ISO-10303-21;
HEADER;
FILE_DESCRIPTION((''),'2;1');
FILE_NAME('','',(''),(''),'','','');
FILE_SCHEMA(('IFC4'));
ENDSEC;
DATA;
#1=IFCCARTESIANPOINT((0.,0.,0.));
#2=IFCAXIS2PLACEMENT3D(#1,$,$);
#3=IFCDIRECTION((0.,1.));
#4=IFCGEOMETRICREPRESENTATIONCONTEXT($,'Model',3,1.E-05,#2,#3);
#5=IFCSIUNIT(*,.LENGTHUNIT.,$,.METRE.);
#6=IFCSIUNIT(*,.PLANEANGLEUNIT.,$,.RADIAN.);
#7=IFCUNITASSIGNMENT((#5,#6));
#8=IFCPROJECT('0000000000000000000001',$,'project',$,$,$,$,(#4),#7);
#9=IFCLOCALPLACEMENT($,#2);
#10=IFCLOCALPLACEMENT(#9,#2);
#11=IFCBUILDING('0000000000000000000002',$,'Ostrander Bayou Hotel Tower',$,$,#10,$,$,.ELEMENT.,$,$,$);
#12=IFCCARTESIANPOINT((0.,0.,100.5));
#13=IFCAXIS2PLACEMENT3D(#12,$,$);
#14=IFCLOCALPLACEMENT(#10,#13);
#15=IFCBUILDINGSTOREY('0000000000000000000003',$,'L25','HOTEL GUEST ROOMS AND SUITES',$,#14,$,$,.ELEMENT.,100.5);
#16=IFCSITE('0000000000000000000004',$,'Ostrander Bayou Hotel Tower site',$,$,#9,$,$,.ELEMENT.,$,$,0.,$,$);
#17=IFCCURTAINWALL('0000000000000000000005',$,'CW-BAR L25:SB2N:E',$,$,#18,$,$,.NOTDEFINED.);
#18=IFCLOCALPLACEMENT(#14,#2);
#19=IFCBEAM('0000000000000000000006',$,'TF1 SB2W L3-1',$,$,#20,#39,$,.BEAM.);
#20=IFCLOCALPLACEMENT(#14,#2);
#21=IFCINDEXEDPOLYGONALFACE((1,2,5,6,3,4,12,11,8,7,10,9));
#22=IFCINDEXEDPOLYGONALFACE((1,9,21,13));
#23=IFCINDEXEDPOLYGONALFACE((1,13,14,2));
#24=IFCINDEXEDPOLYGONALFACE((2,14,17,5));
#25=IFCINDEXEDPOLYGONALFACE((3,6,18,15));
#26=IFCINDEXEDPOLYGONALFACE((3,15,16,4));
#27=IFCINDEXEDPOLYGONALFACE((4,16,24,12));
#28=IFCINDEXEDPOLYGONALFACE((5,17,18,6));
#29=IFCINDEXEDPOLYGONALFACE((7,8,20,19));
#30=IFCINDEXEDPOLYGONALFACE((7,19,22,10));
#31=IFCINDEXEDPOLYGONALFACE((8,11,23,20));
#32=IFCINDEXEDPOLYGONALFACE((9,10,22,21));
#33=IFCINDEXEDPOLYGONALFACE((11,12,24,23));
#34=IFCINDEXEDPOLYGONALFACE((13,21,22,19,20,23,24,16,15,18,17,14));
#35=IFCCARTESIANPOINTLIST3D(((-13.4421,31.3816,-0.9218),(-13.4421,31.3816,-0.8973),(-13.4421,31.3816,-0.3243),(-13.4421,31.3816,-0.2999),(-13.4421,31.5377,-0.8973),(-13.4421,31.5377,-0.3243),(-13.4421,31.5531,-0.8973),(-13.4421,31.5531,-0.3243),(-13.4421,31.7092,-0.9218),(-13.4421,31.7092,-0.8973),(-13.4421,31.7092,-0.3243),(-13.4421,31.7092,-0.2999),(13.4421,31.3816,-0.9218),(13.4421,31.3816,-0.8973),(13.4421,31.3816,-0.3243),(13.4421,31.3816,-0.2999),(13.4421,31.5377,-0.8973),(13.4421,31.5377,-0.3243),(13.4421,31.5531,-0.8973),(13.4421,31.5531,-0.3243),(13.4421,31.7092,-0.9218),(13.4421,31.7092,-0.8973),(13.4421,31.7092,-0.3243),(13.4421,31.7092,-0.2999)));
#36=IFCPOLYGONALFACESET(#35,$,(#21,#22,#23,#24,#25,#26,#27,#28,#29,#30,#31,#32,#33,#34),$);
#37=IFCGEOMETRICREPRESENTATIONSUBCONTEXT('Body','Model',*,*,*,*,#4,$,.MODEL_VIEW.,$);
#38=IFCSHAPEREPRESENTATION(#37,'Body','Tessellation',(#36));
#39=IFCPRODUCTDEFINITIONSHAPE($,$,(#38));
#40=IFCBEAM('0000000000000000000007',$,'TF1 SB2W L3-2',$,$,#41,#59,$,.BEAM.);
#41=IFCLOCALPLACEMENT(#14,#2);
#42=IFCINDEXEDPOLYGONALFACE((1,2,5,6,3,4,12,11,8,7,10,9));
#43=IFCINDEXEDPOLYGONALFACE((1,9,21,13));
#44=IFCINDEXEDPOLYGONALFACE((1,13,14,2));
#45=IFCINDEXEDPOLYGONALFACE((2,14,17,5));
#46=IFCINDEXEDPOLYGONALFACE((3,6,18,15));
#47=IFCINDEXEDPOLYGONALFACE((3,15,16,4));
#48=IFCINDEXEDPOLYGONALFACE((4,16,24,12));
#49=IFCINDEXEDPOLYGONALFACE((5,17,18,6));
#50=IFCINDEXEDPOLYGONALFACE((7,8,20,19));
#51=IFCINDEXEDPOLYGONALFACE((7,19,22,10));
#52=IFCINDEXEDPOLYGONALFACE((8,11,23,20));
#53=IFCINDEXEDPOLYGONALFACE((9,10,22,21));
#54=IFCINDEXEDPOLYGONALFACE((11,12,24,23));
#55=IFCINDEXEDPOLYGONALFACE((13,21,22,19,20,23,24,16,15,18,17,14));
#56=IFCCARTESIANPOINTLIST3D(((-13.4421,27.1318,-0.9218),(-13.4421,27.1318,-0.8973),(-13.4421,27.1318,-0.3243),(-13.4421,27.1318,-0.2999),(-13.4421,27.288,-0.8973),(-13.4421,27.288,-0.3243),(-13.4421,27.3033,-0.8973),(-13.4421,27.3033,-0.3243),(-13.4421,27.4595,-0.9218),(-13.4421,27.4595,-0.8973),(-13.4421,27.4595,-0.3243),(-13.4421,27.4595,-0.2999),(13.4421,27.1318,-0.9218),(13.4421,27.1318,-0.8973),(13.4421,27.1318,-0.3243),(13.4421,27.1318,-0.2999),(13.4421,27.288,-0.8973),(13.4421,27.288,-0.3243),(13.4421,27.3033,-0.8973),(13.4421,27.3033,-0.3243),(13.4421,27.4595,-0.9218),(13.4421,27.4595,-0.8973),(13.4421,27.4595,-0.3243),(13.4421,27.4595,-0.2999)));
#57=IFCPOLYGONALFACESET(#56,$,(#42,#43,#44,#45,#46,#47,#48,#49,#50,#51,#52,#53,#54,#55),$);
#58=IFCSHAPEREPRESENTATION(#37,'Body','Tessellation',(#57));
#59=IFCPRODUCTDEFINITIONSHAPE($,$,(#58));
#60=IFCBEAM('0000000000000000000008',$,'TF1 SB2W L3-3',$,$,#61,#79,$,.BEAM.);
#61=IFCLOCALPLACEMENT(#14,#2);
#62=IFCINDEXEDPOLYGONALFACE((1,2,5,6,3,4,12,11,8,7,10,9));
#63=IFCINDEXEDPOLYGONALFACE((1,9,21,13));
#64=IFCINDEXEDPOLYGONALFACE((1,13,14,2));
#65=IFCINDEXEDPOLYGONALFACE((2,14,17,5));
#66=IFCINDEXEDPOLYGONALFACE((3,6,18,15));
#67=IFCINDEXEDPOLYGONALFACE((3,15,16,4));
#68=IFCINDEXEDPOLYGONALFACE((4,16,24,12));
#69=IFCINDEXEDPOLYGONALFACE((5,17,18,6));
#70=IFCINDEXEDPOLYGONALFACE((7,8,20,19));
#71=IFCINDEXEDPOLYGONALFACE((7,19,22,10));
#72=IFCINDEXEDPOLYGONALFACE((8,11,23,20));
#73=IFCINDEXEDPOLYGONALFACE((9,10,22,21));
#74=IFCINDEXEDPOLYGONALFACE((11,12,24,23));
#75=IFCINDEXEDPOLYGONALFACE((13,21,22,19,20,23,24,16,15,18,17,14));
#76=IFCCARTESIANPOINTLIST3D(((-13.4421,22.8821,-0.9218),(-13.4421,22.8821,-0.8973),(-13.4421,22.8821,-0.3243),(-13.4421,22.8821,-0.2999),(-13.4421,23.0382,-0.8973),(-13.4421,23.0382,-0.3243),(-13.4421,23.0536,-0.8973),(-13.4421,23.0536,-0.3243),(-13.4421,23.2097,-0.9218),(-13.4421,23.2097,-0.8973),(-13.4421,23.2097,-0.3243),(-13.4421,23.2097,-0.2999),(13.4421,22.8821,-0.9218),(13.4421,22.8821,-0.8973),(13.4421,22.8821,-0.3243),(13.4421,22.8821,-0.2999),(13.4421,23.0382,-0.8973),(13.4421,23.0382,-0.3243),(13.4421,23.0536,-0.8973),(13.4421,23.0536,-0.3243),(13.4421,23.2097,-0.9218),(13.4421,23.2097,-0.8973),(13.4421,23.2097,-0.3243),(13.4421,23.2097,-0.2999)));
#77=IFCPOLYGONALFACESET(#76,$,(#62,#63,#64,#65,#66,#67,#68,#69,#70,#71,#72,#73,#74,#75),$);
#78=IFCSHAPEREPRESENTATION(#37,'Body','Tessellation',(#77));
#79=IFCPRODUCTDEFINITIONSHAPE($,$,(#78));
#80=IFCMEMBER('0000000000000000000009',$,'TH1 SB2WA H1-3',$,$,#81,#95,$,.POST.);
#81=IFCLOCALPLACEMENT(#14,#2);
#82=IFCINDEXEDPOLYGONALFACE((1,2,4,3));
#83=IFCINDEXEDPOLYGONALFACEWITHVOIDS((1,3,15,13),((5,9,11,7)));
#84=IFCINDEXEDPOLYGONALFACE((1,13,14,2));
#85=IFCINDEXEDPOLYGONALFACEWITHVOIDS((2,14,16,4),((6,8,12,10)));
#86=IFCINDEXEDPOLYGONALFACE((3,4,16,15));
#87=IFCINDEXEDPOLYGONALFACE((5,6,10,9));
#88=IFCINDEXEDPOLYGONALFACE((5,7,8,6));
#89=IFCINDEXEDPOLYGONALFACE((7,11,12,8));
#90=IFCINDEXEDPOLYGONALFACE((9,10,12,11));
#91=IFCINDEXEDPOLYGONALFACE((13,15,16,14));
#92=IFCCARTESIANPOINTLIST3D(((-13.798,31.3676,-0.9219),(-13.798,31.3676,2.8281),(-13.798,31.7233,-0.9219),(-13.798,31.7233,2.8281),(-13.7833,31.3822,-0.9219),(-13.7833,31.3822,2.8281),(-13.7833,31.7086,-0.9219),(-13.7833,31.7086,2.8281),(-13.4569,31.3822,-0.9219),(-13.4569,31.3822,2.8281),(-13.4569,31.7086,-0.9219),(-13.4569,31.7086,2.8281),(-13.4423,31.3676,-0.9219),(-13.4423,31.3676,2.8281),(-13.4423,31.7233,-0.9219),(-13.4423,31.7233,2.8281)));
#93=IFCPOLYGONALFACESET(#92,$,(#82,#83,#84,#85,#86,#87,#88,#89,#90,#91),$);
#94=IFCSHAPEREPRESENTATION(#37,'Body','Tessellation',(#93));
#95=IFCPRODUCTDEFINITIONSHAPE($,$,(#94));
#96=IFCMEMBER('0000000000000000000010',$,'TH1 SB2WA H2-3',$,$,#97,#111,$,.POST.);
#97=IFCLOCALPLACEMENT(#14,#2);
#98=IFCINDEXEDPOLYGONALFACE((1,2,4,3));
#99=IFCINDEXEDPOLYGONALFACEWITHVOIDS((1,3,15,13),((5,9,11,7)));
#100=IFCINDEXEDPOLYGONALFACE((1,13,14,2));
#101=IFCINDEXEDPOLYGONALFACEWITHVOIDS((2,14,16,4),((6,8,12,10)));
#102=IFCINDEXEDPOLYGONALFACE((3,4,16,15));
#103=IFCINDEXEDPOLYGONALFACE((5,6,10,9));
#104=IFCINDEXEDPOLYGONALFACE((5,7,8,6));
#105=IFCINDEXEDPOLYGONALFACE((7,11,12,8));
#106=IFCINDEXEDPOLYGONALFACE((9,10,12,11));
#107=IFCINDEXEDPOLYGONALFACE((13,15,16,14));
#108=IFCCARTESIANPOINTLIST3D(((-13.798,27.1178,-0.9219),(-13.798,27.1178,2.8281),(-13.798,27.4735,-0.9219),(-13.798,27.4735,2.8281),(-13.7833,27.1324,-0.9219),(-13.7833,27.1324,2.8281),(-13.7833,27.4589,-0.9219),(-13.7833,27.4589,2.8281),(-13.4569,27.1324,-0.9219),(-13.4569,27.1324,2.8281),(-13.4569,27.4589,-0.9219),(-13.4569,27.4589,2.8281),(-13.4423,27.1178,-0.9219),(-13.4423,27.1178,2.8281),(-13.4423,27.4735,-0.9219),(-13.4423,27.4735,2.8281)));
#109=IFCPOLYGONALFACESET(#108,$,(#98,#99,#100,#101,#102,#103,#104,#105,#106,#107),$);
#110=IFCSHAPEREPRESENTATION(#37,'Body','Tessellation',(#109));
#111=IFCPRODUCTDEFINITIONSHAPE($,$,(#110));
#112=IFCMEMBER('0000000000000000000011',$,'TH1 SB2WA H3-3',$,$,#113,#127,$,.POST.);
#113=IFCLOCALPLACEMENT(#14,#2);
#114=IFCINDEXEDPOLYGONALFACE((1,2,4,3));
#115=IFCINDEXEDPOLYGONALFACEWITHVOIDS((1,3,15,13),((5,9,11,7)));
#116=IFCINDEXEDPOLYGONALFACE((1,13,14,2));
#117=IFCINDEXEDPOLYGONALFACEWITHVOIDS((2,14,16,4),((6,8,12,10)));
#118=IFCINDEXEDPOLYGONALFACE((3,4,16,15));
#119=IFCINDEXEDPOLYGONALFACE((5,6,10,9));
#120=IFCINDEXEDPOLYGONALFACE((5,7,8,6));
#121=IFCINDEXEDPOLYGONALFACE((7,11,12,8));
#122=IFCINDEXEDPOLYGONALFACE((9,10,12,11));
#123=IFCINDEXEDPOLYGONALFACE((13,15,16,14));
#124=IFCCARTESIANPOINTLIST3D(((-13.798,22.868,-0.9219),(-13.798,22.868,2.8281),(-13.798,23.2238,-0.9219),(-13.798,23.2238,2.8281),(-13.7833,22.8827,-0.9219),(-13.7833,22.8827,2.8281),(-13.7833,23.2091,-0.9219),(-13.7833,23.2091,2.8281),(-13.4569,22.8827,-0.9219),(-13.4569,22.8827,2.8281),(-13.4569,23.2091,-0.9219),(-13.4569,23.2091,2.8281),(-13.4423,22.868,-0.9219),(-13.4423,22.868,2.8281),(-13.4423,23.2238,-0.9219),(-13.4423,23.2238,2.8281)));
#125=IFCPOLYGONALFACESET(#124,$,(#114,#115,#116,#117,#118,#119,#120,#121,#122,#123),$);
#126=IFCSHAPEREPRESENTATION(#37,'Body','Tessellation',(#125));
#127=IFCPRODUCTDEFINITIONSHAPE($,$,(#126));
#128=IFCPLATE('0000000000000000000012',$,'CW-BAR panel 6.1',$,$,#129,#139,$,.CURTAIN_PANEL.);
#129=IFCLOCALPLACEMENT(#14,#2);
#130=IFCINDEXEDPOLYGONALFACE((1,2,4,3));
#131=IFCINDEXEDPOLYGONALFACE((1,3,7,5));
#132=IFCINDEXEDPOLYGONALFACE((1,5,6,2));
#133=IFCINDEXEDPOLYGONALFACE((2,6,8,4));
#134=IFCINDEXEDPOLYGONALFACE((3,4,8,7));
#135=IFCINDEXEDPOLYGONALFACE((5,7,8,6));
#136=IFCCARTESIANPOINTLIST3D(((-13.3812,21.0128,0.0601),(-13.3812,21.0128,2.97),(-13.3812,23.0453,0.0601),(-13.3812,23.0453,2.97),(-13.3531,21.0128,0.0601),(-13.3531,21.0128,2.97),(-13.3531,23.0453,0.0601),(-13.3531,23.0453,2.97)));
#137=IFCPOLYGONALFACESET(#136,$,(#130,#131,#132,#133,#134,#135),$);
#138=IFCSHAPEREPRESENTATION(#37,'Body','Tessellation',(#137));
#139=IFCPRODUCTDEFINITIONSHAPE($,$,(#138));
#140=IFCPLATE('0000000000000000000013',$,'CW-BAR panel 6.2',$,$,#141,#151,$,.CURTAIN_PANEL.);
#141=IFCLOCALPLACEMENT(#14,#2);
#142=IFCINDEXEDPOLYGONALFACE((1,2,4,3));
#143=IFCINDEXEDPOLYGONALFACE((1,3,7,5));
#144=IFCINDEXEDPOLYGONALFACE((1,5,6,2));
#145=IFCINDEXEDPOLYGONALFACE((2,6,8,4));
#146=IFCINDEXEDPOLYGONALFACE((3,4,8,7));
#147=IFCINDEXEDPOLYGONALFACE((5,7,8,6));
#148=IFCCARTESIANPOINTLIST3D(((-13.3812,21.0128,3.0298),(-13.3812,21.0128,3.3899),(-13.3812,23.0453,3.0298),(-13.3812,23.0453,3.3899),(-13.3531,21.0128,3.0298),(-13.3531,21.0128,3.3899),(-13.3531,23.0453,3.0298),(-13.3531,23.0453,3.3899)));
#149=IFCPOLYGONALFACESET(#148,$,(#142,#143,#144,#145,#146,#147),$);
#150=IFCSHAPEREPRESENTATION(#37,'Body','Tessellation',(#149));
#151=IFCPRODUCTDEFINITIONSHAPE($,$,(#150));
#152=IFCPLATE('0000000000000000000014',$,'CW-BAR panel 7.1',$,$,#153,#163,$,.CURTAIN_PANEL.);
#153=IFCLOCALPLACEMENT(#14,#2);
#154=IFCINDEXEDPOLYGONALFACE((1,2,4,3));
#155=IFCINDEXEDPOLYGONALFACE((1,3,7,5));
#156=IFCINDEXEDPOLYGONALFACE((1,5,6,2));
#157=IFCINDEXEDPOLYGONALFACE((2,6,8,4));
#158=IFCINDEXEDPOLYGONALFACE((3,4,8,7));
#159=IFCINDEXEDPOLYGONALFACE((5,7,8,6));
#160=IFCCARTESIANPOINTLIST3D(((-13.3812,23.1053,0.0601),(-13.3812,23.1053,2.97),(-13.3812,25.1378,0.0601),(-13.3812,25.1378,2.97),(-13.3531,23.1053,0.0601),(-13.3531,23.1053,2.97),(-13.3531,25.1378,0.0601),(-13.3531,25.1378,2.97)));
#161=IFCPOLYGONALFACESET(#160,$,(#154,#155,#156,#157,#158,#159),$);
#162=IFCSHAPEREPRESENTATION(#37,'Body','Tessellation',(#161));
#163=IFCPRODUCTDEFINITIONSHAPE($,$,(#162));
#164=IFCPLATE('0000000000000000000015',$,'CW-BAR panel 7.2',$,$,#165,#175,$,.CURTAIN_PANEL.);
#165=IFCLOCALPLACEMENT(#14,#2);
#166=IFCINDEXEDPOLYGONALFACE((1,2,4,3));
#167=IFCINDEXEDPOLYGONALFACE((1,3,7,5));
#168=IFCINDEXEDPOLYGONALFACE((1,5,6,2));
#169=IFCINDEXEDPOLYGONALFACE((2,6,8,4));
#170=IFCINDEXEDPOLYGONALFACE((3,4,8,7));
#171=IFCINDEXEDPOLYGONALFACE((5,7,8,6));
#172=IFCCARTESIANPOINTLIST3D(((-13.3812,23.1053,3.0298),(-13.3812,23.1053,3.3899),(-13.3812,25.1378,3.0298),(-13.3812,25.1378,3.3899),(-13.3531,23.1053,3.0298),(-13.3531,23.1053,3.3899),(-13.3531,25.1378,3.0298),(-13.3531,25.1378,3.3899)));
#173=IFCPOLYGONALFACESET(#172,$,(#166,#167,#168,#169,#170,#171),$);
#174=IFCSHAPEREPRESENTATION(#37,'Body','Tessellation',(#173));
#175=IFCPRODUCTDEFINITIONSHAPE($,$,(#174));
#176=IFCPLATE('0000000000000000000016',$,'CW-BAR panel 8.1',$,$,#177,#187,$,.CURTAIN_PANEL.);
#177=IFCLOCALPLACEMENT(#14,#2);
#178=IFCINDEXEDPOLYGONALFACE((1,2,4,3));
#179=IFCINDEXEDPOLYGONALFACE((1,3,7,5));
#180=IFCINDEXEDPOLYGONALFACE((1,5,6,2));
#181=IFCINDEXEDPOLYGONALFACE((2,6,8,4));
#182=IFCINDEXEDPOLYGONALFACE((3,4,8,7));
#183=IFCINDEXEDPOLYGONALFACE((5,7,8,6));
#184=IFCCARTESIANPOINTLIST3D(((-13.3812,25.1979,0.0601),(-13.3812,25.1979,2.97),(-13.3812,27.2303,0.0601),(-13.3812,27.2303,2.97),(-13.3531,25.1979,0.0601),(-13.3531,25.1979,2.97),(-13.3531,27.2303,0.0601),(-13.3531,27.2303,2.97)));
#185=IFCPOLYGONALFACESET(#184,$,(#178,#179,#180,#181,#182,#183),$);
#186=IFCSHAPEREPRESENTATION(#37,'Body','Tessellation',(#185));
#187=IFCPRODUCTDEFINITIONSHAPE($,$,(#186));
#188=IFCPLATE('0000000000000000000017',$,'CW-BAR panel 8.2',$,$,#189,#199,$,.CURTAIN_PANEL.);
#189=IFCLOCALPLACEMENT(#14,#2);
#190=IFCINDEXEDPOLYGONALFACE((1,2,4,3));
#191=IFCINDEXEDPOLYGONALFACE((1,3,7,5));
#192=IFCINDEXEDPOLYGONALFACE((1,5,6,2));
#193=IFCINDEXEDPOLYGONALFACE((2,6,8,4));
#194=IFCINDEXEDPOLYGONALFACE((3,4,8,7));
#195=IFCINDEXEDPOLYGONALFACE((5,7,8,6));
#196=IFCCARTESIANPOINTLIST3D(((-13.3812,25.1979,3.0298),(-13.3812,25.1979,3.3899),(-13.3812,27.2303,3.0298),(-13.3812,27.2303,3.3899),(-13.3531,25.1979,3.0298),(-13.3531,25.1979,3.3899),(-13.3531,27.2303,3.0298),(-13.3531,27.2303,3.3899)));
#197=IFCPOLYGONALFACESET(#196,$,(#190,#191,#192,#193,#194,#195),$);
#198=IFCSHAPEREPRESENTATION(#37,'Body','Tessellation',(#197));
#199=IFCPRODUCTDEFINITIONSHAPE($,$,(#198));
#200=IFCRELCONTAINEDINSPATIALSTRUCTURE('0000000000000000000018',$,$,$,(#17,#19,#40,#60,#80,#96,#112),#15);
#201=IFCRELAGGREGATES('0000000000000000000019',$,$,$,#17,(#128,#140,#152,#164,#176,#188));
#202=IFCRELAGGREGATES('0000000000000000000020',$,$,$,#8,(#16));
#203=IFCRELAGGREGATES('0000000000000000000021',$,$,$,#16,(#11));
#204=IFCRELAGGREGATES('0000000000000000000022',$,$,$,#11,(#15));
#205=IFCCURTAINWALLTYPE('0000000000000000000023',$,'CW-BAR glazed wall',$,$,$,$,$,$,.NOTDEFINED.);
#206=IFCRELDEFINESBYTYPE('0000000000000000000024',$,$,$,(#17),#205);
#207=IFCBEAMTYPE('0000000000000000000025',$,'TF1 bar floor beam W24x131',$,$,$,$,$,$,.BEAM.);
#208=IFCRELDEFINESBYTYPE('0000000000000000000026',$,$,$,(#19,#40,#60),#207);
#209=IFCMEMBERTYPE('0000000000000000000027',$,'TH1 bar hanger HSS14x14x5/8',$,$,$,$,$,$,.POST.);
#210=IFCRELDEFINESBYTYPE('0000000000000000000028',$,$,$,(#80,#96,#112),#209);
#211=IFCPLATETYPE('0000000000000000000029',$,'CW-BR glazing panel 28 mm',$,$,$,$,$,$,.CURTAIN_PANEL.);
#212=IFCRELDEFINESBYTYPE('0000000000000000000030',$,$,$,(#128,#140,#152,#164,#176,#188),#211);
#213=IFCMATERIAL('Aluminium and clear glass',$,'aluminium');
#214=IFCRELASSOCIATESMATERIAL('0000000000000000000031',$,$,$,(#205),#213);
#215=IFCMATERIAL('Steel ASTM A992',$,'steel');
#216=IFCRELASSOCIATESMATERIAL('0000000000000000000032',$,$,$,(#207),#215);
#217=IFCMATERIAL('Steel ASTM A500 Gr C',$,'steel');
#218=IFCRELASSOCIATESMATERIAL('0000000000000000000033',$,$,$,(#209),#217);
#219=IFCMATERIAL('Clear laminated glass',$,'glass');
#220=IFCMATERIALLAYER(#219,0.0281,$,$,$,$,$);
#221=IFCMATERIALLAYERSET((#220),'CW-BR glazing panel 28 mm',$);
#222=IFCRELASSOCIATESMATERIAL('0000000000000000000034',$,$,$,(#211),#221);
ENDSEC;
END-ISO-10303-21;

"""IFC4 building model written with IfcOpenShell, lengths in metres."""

from ifc_helpers import new_model, si_unit, direction, frame, origin, origin_2d, place, context, subcontext, project, spatial, rectangle, hollow_rectangle, i_section, extrude, material, layer, layer_set, material_profile, profile_set, type_object, element, aggregate, save


model = new_model("IFC4")

# Units and contexts
model_context = context("Model", 3, precision=1e-05, world=origin(), true_north=direction((0.0, 1.0)))
body_context = subcontext(model_context, "Body", "Model", "MODEL_VIEW")
ifc_project = project(units=[si_unit("LENGTHUNIT", "METRE"), si_unit("PLANEANGLEUNIT", "RADIAN")], contexts=[model_context])

# Site, building, storey
site_placement = place(None, origin())
site = spatial("IfcSite", under=ifc_project, at=site_placement, Name="Ostrander Bayou Hotel Tower site", CompositionType="ELEMENT", RefElevation=0.0)
building_placement = place(site_placement, origin())
building = spatial("IfcBuilding", under=site, at=building_placement, Name="Ostrander Bayou Hotel Tower", CompositionType="ELEMENT")
storey_placement = place(building_placement, frame((0.0, 0.0, 100.5)))
storey = spatial("IfcBuildingStorey", under=building, at=storey_placement, Name="L25", Description="HOTEL GUEST ROOMS AND SUITES", CompositionType="ELEMENT", Elevation=100.5)

# Curtain wall
ifc_material_1 = material(Name="Aluminium and clear glass", Category="aluminium")
curtain_wall_type = type_object("IfcCurtainWallType", Name="CW-BAR glazed wall", PredefinedType="NOTDEFINED", material=ifc_material_1)
curtain_wall_1_placement = place(storey_placement, origin())
curtain_wall_1 = element("IfcCurtainWall", 1, at=curtain_wall_1_placement, inside=storey, type_object=curtain_wall_type, Name="CW-BAR L25:SB2N:E", PredefinedType="NOTDEFINED")

# Beams
ifc_material_2 = material(Name="Steel ASTM A992", Category="steel")
ifc_material_profile_1 = material_profile(ifc_material_2, i_section(OverallWidth=0.3276, OverallDepth=0.6218, WebThickness=0.0154, FlangeThickness=0.0244, at=origin_2d()))
ifc_profile_set_1 = profile_set([ifc_material_profile_1], Name="Steel ASTM A992")
beam_type = type_object("IfcBeamType", Name="TF1 bar floor beam W24x131", PredefinedType="BEAM", material=ifc_profile_set_1)
for number, where, z_axis, x_axis, name in (
    (2, (-13.4421, 31.5454, -0.6108), (1.0, 0.0, 0.0), (0.0, 1.0, 0.0), "TF1 SB2W L3-1"),
    (3, (-13.4421, 27.2957, -0.6108), (1.0, 0.0, 0.0), (0.0, 1.0, 0.0), "TF1 SB2W L3-2"),
    (4, (-13.4421, 23.0459, -0.6108), (1.0, 0.0, 0.0), (0.0, 1.0, 0.0), "TF1 SB2W L3-3"),
):
    element("IfcBeam", number, at=place(storey_placement, frame(where, z_axis=z_axis, x_axis=x_axis)), inside=storey, type_object=beam_type, Name=name, PredefinedType="BEAM", context=body_context, shape_type="SweptSolid", body=[
        extrude(i_section(OverallWidth=0.3276, OverallDepth=0.6218, WebThickness=0.0154, FlangeThickness=0.0244, at=origin_2d()), origin(), (0.0, 0.0, 1.0), 26.8843),
    ])

# Members
ifc_material_3 = material(Name="Steel ASTM A500 Gr C", Category="steel")
ifc_material_profile_2 = material_profile(ifc_material_3, hollow_rectangle(XDim=0.3557, YDim=0.3557, WallThickness=0.0146, at=origin_2d()))
ifc_profile_set_2 = profile_set([ifc_material_profile_2], Name="Steel ASTM A500 Gr C")
member_type_1 = type_object("IfcMemberType", Name="TH1 bar hanger HSS14x14x5/8", PredefinedType="POST", material=ifc_profile_set_2)
for number, where, z_axis, x_axis, name in (
    (5, (-13.6201, 31.5454, -0.9219), (0.0, 0.0, 1.0), (1.0, 0.0, 0.0), "TH1 SB2WA H1-3"),
    (6, (-13.6201, 27.2957, -0.9219), (0.0, 0.0, 1.0), (1.0, 0.0, 0.0), "TH1 SB2WA H2-3"),
    (7, (-13.6201, 23.0459, -0.9219), (0.0, 0.0, 1.0), (1.0, 0.0, 0.0), "TH1 SB2WA H3-3"),
):
    element("IfcMember", number, at=place(storey_placement, frame(where, z_axis=z_axis, x_axis=x_axis)), inside=storey, type_object=member_type_1, Name=name, PredefinedType="POST", context=body_context, shape_type="SweptSolid", body=[
        extrude(hollow_rectangle(XDim=0.3557, YDim=0.3557, WallThickness=0.0146, at=origin_2d()), origin(), (0.0, 0.0, 1.0), 3.75),
    ])

# Plates
ifc_material_4 = material(Name="Clear laminated glass", Category="glass")
ifc_layer_1 = layer(ifc_material_4, 0.0281)
ifc_layer_set_1 = layer_set([ifc_layer_1], Name="CW-BR glazing panel 28 mm")
plate_type = type_object("IfcPlateType", Name="CW-BR glazing panel 28 mm", PredefinedType="CURTAIN_PANEL", material=ifc_layer_set_1)
plate_1_placement = place(storey_placement, frame((-13.3672, 22.0291, 0.0601), z_axis=(0.0, 0.0, 1.0), x_axis=(0.0, 1.0, 0.0)))
plate_1 = element("IfcPlate", 8, at=plate_1_placement, type_object=plate_type, Name="CW-BAR panel 6.1", PredefinedType="CURTAIN_PANEL", context=body_context, shape_type="SweptSolid", body=[
    extrude(rectangle(XDim=2.0325, YDim=0.0281, at=origin_2d()), origin(), (0.0, 0.0, 1.0), 2.9099),
])
plate_2_placement = place(storey_placement, frame((-13.3672, 22.0291, 3.0298), z_axis=(0.0, 0.0, 1.0), x_axis=(0.0, 1.0, 0.0)))
plate_2 = element("IfcPlate", 9, at=plate_2_placement, type_object=plate_type, Name="CW-BAR panel 6.2", PredefinedType="CURTAIN_PANEL", context=body_context, shape_type="SweptSolid", body=[
    extrude(rectangle(XDim=2.0325, YDim=0.0281, at=origin_2d()), origin(), (0.0, 0.0, 1.0), 0.3601),
])
plate_3_placement = place(storey_placement, frame((-13.3672, 24.1216, 0.0601), z_axis=(0.0, 0.0, 1.0), x_axis=(0.0, 1.0, 0.0)))
plate_3 = element("IfcPlate", 10, at=plate_3_placement, type_object=plate_type, Name="CW-BAR panel 7.1", PredefinedType="CURTAIN_PANEL", context=body_context, shape_type="SweptSolid", body=[
    extrude(rectangle(XDim=2.0325, YDim=0.0281, at=origin_2d()), origin(), (0.0, 0.0, 1.0), 2.9099),
])
plate_4_placement = place(storey_placement, frame((-13.3672, 24.1216, 3.0298), z_axis=(0.0, 0.0, 1.0), x_axis=(0.0, 1.0, 0.0)))
plate_4 = element("IfcPlate", 11, at=plate_4_placement, type_object=plate_type, Name="CW-BAR panel 7.2", PredefinedType="CURTAIN_PANEL", context=body_context, shape_type="SweptSolid", body=[
    extrude(rectangle(XDim=2.0325, YDim=0.0281, at=origin_2d()), origin(), (0.0, 0.0, 1.0), 0.3601),
])
plate_5_placement = place(storey_placement, frame((-13.3672, 26.2141, 0.0601), z_axis=(0.0, 0.0, 1.0), x_axis=(0.0, 1.0, 0.0)))
plate_5 = element("IfcPlate", 12, at=plate_5_placement, type_object=plate_type, Name="CW-BAR panel 8.1", PredefinedType="CURTAIN_PANEL", context=body_context, shape_type="SweptSolid", body=[
    extrude(rectangle(XDim=2.0325, YDim=0.0281, at=origin_2d()), origin(), (0.0, 0.0, 1.0), 2.9099),
])
plate_6_placement = place(storey_placement, frame((-13.3672, 26.2141, 3.0298), z_axis=(0.0, 0.0, 1.0), x_axis=(0.0, 1.0, 0.0)))
plate_6 = element("IfcPlate", 13, at=plate_6_placement, type_object=plate_type, Name="CW-BAR panel 8.2", PredefinedType="CURTAIN_PANEL", context=body_context, shape_type="SweptSolid", body=[
    extrude(rectangle(XDim=2.0325, YDim=0.0281, at=origin_2d()), origin(), (0.0, 0.0, 1.0), 0.3601),
])
aggregate(curtain_wall_1, [plate_1, plate_2, plate_3, plate_4, plate_5, plate_6])

save(model, "model.ifc")
